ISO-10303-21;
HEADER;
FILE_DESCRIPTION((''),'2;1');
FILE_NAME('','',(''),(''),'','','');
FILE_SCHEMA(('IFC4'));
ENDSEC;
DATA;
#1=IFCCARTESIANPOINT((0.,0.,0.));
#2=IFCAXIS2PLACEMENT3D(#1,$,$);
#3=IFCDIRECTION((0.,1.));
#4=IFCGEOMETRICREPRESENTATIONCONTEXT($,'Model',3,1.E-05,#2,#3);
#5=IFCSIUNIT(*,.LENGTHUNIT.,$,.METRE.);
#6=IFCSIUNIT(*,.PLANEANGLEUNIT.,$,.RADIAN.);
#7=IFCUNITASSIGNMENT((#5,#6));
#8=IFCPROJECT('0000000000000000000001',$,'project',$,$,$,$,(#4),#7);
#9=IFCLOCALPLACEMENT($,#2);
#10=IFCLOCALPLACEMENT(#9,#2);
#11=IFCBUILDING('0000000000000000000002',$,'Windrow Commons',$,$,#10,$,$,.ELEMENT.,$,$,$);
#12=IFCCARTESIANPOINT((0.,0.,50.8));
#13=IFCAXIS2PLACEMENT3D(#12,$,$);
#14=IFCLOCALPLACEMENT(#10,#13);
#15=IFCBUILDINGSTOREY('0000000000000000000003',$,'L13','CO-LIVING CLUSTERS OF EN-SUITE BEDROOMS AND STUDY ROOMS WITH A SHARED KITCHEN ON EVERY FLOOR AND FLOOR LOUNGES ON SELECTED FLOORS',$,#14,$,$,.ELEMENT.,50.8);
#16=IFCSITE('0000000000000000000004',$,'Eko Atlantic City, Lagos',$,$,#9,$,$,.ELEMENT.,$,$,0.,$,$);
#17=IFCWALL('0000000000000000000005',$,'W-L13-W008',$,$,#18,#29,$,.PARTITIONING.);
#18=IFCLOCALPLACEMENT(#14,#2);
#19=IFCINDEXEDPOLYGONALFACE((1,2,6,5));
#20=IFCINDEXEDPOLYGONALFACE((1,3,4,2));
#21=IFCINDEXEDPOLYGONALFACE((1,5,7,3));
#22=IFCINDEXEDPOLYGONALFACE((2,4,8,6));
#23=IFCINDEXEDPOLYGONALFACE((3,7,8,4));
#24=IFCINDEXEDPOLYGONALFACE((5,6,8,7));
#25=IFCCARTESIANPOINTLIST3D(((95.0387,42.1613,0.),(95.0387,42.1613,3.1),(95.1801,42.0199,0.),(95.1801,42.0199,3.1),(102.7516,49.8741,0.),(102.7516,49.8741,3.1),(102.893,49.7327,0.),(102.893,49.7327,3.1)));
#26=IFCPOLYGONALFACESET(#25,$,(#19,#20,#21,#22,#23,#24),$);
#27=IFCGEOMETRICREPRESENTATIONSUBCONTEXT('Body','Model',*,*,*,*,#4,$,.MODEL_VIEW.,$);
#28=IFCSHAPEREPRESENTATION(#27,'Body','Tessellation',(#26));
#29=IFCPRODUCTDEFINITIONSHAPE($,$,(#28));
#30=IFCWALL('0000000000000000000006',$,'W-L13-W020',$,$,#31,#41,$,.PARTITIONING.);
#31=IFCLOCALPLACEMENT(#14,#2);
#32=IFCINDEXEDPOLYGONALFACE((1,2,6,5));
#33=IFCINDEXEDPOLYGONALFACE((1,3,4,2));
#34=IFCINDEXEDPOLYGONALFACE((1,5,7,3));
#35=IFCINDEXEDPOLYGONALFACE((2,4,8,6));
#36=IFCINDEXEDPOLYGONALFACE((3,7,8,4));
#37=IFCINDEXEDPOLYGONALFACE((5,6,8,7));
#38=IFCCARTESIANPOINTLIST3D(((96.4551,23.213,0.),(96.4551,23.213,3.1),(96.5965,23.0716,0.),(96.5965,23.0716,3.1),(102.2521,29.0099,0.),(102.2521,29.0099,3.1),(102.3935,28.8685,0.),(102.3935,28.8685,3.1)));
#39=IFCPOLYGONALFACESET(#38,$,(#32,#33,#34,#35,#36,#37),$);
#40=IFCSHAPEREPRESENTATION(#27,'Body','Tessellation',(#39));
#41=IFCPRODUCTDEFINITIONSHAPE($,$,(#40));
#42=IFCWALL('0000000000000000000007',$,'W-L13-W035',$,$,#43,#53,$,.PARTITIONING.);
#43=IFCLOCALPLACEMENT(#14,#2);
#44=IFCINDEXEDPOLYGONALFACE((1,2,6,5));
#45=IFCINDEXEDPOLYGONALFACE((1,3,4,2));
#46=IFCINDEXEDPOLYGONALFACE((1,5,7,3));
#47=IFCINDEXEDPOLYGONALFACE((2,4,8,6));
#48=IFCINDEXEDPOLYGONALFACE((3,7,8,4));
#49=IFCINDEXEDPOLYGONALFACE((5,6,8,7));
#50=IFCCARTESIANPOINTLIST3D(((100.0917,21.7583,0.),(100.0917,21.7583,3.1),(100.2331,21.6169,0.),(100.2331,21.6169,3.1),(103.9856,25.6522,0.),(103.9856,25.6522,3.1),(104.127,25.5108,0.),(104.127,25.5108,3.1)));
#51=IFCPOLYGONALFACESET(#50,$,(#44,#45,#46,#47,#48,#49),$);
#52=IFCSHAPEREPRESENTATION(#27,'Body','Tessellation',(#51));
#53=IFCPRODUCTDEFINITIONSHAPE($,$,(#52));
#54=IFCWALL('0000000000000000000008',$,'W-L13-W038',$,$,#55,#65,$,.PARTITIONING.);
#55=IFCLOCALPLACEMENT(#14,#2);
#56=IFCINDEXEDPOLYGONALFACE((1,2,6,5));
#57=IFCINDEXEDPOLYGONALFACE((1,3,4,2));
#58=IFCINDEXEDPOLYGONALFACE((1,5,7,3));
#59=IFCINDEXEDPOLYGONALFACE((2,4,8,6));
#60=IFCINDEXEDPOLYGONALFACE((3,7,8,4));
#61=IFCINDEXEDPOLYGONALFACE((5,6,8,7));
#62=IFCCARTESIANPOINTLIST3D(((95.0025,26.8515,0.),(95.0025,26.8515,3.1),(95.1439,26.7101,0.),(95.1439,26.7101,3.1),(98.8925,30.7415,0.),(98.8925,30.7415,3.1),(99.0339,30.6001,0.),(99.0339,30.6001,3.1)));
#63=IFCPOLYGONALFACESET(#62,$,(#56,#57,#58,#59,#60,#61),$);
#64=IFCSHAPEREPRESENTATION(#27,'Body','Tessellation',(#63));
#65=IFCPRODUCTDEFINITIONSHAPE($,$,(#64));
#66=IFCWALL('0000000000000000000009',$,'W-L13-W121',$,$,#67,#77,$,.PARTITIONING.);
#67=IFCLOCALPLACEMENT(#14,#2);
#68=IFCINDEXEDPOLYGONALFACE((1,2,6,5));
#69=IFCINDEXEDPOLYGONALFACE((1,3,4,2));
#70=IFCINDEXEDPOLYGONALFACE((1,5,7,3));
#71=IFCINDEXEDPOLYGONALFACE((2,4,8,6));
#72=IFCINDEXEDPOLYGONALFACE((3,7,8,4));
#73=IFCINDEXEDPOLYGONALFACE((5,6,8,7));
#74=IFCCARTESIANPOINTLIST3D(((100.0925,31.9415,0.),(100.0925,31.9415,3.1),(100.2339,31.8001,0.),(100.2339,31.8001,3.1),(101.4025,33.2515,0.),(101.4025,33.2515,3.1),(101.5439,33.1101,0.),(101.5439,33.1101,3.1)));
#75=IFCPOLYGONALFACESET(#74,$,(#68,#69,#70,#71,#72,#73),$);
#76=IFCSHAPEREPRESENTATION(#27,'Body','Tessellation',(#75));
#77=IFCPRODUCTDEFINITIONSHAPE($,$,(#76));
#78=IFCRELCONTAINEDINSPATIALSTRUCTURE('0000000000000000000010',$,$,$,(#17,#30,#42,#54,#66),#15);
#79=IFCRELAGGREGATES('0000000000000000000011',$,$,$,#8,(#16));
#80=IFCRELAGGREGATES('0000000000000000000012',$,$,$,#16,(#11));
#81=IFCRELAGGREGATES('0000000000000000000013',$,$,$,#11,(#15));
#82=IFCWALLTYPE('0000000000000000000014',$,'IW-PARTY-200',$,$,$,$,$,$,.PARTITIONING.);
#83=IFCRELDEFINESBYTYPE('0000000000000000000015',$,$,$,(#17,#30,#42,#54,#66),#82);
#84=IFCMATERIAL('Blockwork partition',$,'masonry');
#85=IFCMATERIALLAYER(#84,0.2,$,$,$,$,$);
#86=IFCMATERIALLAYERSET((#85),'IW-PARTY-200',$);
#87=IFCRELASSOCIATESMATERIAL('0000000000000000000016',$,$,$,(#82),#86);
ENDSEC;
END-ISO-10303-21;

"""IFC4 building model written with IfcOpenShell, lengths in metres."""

from ifc_helpers import new_model, si_unit, direction, frame, frame_2d, origin, place, context, subcontext, project, spatial, rectangle, extrude, material, layer, layer_set, type_object, element, save


model = new_model("IFC4")

# Units and contexts
model_context = context("Model", 3, precision=1e-05, world=origin(), true_north=direction((0.0, 1.0)))
body_context = subcontext(model_context, "Body", "Model", "MODEL_VIEW")
ifc_project = project(units=[si_unit("LENGTHUNIT", "METRE"), si_unit("PLANEANGLEUNIT", "RADIAN")], contexts=[model_context])

# Site, building, storey
site_placement = place(None, origin())
site = spatial("IfcSite", under=ifc_project, at=site_placement, Name="Eko Atlantic City, Lagos", CompositionType="ELEMENT", RefElevation=0.0)
building_placement = place(site_placement, origin())
building = spatial("IfcBuilding", under=site, at=building_placement, Name="Windrow Commons", CompositionType="ELEMENT")
storey_placement = place(building_placement, frame((0.0, 0.0, 50.8)))
storey = spatial("IfcBuildingStorey", under=building, at=storey_placement, Name="L13", Description="CO-LIVING CLUSTERS OF EN-SUITE BEDROOMS AND STUDY ROOMS WITH A SHARED KITCHEN ON EVERY FLOOR AND FLOOR LOUNGES ON SELECTED FLOORS", CompositionType="ELEMENT", Elevation=50.8)

# Walls
ifc_material_1 = material(Name="Blockwork partition", Category="masonry")
ifc_layer_1 = layer(ifc_material_1, 0.2)
ifc_layer_set_1 = layer_set([ifc_layer_1], Name="IW-PARTY-200")
wall_type_1 = type_object("IfcWallType", Name="IW-PARTY-200", PredefinedType="PARTITIONING", material=ifc_layer_set_1)
wall_1_placement = place(storey_placement, frame((95.1094, 42.0906, 0.0), z_axis=(0.0, 0.0, 1.0), x_axis=(0.707111, 0.707102, 0.0)))
element("IfcWall", 1, at=wall_1_placement, inside=storey, type_object=wall_type_1, Name="W-L13-W008", PredefinedType="PARTITIONING", context=body_context, shape_type="SweptSolid", body=[
    extrude(rectangle(XDim=10.9076, YDim=0.2, at=frame_2d((5.4538, 0.0))), origin(), (0.0, 0.0, 1.0), 3.1),
])
wall_2_placement = place(storey_placement, frame((96.5258, 23.1423, 0.0), z_axis=(0.0, 0.0, 1.0), x_axis=(0.707113, 0.707101, 0.0)))
element("IfcWall", 2, at=wall_2_placement, inside=storey, type_object=wall_type_1, Name="W-L13-W020", PredefinedType="PARTITIONING", context=body_context, shape_type="SweptSolid", body=[
    extrude(rectangle(XDim=8.1981, YDim=0.2, at=frame_2d((4.0991, 0.0))), origin(), (0.0, 0.0, 1.0), 3.1),
])
wall_3_placement = place(storey_placement, frame((100.1624, 21.6876, 0.0), z_axis=(0.0, 0.0, 1.0), x_axis=(0.707107, 0.707107, 0.0)))
element("IfcWall", 3, at=wall_3_placement, inside=storey, type_object=wall_type_1, Name="W-L13-W035", PredefinedType="PARTITIONING", context=body_context, shape_type="SweptSolid", body=[
    extrude(rectangle(XDim=5.5069, YDim=0.2, at=frame_2d((2.7534, 0.0))), origin(), (0.0, 0.0, 1.0), 3.1),
])
wall_4_placement = place(storey_placement, frame((95.0732, 26.7808, 0.0), z_axis=(0.0, 0.0, 1.0), x_axis=(0.707107, 0.707107, 0.0)))
element("IfcWall", 4, at=wall_4_placement, inside=storey, type_object=wall_type_1, Name="W-L13-W038", PredefinedType="PARTITIONING", context=body_context, shape_type="SweptSolid", body=[
    extrude(rectangle(XDim=5.5013, YDim=0.2, at=frame_2d((2.7506, 0.0))), origin(), (0.0, 0.0, 1.0), 3.1),
])
wall_5_placement = place(storey_placement, frame((100.1632, 31.8708, 0.0), z_axis=(0.0, 0.0, 1.0), x_axis=(0.707107, 0.707107, 0.0)))
element("IfcWall", 5, at=wall_5_placement, inside=storey, type_object=wall_type_1, Name="W-L13-W121", PredefinedType="PARTITIONING", context=body_context, shape_type="SweptSolid", body=[
    extrude(rectangle(XDim=1.8526, YDim=0.2, at=frame_2d((0.9263, 0.0))), origin(), (0.0, 0.0, 1.0), 3.1),
])

save(model, "model.ifc")
